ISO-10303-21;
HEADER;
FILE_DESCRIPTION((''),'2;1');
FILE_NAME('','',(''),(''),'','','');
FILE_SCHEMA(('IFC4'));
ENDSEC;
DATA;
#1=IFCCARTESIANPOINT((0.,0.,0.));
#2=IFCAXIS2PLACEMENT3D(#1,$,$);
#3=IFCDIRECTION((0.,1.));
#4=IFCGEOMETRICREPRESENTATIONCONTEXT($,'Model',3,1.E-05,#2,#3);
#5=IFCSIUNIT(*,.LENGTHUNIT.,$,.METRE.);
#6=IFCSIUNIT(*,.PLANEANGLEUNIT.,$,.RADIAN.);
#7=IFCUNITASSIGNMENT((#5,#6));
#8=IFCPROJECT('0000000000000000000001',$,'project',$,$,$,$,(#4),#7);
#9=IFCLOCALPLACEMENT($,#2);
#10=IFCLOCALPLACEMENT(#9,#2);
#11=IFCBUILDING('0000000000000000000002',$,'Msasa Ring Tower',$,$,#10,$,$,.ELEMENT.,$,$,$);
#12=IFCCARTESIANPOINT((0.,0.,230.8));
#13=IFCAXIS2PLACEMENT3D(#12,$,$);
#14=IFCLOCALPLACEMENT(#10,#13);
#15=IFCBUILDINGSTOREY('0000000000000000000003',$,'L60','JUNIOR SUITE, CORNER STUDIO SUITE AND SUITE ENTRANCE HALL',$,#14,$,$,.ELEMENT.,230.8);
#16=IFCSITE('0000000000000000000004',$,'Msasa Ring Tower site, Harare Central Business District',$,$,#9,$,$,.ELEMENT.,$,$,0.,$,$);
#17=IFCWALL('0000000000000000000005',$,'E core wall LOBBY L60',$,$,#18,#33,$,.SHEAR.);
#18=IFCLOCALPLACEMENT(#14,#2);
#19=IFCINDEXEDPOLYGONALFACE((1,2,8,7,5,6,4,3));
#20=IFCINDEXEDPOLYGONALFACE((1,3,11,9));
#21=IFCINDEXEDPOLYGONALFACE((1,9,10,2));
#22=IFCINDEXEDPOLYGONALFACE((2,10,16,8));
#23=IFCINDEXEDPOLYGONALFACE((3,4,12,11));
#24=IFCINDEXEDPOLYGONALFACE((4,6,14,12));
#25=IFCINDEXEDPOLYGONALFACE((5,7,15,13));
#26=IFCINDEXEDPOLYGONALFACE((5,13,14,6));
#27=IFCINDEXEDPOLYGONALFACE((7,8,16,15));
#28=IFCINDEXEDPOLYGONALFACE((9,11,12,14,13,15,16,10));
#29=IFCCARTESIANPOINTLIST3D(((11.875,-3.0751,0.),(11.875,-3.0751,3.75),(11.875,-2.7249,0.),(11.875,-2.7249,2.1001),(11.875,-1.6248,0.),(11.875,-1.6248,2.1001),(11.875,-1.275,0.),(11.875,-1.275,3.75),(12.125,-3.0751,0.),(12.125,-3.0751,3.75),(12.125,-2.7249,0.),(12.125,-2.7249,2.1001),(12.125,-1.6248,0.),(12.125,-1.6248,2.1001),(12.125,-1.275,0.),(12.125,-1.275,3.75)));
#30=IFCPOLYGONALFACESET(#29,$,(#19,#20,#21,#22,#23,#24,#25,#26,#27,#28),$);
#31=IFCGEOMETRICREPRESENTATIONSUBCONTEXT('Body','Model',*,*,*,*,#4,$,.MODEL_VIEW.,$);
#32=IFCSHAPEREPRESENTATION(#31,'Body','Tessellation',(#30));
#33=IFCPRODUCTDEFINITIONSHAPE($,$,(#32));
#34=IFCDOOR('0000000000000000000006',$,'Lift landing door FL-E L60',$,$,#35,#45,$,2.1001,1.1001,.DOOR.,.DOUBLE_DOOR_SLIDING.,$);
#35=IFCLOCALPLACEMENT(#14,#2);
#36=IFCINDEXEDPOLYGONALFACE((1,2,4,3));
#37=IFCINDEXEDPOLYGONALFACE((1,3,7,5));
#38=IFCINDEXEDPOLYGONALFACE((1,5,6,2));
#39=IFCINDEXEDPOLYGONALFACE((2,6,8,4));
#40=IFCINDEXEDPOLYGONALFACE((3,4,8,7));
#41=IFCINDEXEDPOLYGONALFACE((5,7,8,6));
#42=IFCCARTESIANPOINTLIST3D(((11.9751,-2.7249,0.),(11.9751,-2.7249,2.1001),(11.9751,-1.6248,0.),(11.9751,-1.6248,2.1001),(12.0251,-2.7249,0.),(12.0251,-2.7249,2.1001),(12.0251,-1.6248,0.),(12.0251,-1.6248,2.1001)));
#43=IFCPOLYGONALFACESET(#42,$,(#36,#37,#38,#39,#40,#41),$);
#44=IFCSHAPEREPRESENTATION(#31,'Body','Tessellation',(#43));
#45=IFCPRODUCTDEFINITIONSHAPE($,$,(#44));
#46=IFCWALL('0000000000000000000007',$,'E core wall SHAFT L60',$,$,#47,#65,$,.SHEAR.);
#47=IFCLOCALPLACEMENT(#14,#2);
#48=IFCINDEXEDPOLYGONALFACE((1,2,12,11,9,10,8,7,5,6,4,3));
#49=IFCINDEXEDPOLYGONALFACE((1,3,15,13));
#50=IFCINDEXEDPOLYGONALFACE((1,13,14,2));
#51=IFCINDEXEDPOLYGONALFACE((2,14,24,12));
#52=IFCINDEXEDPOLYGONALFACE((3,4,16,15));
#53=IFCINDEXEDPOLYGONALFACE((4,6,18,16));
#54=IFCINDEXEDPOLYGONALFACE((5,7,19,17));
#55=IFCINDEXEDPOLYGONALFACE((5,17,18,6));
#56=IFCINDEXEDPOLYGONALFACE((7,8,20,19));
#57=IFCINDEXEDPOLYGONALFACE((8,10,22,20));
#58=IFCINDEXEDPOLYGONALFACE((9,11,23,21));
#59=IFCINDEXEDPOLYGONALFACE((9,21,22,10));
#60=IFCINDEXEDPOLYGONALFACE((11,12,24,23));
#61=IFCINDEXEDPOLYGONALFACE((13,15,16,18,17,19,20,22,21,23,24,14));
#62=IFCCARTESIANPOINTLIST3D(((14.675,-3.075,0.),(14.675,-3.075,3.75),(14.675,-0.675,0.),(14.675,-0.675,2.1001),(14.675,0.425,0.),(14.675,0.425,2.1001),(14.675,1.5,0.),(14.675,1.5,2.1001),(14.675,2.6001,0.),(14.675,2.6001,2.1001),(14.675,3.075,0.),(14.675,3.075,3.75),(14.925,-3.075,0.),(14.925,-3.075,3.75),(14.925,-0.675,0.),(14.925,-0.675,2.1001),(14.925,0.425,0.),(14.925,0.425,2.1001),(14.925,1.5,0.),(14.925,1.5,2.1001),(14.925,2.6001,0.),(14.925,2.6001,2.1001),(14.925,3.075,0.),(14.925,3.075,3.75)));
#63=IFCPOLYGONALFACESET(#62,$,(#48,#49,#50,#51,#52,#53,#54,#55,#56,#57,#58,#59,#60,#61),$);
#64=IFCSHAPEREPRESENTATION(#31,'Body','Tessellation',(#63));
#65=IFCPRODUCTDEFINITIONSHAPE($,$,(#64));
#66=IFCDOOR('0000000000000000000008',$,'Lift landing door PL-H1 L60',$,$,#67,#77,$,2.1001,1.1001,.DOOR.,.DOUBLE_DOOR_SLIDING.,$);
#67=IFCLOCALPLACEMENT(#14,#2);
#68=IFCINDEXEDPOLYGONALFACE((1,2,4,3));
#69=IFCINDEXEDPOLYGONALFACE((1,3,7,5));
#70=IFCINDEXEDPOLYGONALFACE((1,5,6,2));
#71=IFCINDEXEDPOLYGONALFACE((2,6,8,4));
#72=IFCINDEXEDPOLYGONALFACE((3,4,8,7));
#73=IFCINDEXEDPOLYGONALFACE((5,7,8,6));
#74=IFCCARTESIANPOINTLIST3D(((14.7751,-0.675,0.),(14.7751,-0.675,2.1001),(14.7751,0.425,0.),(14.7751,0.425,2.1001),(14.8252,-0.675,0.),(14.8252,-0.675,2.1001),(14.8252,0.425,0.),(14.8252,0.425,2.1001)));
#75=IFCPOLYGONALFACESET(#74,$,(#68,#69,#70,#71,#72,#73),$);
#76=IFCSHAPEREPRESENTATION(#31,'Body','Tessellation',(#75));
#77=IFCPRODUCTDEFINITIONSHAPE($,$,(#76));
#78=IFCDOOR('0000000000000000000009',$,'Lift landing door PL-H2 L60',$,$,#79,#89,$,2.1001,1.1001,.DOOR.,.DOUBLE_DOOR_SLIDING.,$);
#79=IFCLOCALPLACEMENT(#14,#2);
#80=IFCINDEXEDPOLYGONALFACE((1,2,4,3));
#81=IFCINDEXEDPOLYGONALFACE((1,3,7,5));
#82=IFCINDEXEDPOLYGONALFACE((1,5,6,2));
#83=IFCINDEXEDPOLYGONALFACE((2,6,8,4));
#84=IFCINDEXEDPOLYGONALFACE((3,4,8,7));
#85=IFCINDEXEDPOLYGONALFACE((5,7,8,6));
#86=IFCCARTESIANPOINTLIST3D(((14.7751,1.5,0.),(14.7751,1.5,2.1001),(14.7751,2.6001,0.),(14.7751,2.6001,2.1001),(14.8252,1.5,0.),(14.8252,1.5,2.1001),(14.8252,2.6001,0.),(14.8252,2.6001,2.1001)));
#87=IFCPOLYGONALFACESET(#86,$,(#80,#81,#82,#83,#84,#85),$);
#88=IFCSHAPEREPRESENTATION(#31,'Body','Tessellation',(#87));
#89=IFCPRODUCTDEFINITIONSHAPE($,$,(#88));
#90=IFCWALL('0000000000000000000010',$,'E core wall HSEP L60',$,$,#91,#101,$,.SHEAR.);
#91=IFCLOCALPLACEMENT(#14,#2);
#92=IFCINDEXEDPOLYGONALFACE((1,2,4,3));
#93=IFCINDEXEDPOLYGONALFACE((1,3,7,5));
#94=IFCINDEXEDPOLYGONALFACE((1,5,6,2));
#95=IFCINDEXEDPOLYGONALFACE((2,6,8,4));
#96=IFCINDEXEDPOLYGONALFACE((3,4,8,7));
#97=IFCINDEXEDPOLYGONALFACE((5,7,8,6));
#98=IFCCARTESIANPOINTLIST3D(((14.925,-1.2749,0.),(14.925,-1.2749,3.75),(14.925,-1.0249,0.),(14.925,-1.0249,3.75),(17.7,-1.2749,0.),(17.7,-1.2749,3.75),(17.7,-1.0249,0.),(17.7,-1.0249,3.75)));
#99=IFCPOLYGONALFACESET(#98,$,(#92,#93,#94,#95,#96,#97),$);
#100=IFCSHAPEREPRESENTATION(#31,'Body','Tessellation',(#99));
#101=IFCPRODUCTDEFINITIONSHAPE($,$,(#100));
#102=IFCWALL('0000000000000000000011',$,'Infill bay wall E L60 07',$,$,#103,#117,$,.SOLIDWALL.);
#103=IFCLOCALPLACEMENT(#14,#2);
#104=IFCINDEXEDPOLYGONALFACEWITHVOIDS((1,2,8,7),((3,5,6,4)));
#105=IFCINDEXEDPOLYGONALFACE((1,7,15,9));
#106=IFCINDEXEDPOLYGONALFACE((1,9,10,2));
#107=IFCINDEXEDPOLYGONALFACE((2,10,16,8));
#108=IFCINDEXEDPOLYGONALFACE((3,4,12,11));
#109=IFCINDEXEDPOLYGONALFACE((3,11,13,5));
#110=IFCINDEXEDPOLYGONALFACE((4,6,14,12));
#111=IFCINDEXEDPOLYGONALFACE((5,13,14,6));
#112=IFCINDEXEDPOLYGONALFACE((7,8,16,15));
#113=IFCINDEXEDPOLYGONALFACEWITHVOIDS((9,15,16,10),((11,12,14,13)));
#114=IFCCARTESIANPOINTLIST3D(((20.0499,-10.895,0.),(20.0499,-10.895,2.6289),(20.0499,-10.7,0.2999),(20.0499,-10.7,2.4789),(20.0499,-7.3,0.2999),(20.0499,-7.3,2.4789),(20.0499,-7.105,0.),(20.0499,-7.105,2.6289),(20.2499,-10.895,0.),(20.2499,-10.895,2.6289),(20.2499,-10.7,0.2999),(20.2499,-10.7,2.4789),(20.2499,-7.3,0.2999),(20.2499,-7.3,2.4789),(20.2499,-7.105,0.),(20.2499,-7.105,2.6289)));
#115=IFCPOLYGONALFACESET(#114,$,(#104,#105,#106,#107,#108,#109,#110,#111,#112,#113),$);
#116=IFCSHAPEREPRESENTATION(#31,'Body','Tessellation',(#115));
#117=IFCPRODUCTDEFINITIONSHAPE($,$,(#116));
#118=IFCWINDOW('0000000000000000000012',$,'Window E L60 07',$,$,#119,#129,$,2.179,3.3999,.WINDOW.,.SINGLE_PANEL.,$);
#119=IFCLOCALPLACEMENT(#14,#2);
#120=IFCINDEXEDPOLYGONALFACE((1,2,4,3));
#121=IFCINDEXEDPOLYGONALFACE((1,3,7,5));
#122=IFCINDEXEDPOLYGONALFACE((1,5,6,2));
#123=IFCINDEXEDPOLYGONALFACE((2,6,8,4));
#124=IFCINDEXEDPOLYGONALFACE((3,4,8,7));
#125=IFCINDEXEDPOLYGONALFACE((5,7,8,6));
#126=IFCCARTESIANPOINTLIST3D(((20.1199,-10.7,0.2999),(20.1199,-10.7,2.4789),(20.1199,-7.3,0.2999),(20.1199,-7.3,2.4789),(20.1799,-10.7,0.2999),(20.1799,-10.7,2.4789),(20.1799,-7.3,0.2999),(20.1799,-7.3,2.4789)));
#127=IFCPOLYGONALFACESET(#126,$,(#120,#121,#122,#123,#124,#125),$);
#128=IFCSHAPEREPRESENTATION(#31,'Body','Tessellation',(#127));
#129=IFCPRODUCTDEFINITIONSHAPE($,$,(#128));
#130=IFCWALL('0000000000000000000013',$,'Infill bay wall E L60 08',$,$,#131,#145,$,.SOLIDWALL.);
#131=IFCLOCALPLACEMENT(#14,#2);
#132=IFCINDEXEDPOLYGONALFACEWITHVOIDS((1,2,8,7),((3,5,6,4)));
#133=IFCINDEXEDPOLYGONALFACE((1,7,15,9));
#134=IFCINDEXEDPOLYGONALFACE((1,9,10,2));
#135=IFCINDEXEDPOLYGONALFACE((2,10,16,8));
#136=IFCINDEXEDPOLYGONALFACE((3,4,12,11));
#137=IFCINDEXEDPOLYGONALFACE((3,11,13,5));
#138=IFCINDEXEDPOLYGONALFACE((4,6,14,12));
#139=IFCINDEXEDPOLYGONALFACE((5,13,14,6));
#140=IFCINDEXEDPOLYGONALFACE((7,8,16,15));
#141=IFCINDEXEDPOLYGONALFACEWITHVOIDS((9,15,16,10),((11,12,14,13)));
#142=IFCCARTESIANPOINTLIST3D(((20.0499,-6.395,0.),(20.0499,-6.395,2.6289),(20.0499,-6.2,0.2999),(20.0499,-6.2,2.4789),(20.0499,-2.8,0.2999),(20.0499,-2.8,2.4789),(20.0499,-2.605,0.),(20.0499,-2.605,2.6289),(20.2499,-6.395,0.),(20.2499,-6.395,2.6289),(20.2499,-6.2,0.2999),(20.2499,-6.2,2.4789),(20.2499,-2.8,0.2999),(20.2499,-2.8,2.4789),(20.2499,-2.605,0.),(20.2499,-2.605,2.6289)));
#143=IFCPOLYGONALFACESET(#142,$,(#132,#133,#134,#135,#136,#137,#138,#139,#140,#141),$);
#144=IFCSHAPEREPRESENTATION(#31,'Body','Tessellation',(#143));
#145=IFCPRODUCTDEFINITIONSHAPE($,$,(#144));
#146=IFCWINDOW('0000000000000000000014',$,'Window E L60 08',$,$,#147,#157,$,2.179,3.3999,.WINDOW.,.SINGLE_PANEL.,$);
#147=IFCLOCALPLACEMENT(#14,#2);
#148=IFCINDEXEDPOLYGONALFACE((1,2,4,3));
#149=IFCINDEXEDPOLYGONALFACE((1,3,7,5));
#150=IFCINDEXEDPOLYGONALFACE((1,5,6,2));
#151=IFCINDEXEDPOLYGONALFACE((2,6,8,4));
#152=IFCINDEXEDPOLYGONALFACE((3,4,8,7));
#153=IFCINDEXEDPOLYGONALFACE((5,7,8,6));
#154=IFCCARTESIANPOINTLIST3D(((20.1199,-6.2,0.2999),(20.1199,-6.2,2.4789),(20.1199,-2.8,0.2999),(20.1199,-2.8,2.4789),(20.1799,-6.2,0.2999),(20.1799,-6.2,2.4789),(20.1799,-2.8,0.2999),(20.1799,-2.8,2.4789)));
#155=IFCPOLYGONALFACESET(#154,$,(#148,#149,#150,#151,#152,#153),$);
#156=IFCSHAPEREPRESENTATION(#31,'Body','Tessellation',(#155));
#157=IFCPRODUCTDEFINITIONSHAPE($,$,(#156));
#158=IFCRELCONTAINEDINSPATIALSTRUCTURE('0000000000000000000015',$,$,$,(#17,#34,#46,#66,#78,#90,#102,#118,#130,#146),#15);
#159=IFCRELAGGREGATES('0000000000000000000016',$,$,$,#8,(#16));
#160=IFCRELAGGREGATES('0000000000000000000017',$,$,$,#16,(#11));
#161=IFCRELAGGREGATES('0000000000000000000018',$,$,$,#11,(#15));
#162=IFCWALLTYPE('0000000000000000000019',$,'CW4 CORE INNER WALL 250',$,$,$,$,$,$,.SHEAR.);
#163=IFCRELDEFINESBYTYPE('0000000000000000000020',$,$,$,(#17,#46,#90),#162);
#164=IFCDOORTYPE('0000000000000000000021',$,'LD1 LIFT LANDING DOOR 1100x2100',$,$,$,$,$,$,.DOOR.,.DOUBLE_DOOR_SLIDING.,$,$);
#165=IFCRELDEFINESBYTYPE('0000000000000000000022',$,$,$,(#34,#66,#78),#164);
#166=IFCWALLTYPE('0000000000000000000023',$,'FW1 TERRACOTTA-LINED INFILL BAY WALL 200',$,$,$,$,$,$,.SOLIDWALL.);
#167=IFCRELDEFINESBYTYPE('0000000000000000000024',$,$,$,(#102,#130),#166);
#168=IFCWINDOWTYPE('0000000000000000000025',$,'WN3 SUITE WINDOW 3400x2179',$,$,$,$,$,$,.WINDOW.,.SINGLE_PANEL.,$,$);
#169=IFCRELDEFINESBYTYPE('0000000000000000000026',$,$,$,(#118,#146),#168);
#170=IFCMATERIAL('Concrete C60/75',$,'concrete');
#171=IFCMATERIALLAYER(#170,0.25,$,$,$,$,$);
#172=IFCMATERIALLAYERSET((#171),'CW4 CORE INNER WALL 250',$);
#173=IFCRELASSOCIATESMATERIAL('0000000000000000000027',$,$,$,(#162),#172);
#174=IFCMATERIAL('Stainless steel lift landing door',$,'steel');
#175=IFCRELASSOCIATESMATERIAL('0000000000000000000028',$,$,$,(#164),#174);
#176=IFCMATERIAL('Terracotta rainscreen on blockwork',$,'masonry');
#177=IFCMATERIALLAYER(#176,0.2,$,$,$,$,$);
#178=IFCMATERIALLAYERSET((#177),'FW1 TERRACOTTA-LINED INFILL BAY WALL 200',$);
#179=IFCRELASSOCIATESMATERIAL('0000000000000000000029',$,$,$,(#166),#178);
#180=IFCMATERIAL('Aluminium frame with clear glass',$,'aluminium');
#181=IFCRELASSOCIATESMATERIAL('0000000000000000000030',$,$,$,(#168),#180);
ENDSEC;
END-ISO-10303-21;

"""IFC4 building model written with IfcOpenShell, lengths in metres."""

from ifc_helpers import new_model, si_unit, direction, frame, frame_2d, origin, place, context, subcontext, project, spatial, rectangle, extrude, material, layer, layer_set, type_object, element, fill, save


model = new_model("IFC4")

# Units and contexts
model_context = context("Model", 3, precision=1e-05, world=origin(), true_north=direction((0.0, 1.0)))
body_context = subcontext(model_context, "Body", "Model", "MODEL_VIEW")
ifc_project = project(units=[si_unit("LENGTHUNIT", "METRE"), si_unit("PLANEANGLEUNIT", "RADIAN")], contexts=[model_context])

# Site, building, storey
site_placement = place(None, origin())
site = spatial("IfcSite", under=ifc_project, at=site_placement, Name="Msasa Ring Tower site, Harare Central Business District", CompositionType="ELEMENT", RefElevation=0.0)
building_placement = place(site_placement, origin())
building = spatial("IfcBuilding", under=site, at=building_placement, Name="Msasa Ring Tower", CompositionType="ELEMENT")
storey_placement = place(building_placement, frame((0.0, 0.0, 230.8)))
storey = spatial("IfcBuildingStorey", under=building, at=storey_placement, Name="L60", Description="JUNIOR SUITE, CORNER STUDIO SUITE AND SUITE ENTRANCE HALL", CompositionType="ELEMENT", Elevation=230.8)

# Shared definitions
ifc_material_1 = material(Name="Concrete C60/75", Category="concrete")
ifc_layer_1 = layer(ifc_material_1, 0.25)
ifc_layer_set_1 = layer_set([ifc_layer_1], Name="CW4 CORE INNER WALL 250")
wall_type_1 = type_object("IfcWallType", Name="CW4 CORE INNER WALL 250", PredefinedType="SHEAR", material=ifc_layer_set_1)

# Wall, opening, door
wall_1_placement = place(storey_placement, frame((12.0, -3.075, 0.0), z_axis=(0.0, 0.0, 1.0), x_axis=(0.0, 1.0, 0.0)))
wall_1 = element("IfcWall", 1, at=wall_1_placement, inside=storey, type_object=wall_type_1, Name="E core wall LOBBY L60", PredefinedType="SHEAR", context=body_context, shape_type="SweptSolid", body=[
    extrude(rectangle(XDim=1.8, YDim=0.25, at=frame_2d((0.8999, 0.0))), origin(), (0.0, 0.0, 1.0), 3.75),
])
opening_1_placement = place(wall_1_placement, frame((0.3501, 0.0, 0.0)))
opening_1 = element("IfcOpeningElement", 2, at=opening_1_placement, cuts=wall_1, PredefinedType="OPENING", context=body_context, shape_type="SweptSolid", body=[
    extrude(rectangle(XDim=1.1001, YDim=2.1001, at=frame_2d((0.55, 1.05))), frame((0.0, 0.135, 0.0), z_axis=(0.0, -1.0, 0.0), x_axis=(1.0, 0.0, 0.0)), (0.0, 0.0, 1.0), 0.27),
])
ifc_material_2 = material(Name="Stainless steel lift landing door", Category="steel")
door_type_1 = type_object("IfcDoorType", Name="LD1 LIFT LANDING DOOR 1100x2100", OperationType="DOUBLE_DOOR_SLIDING", PredefinedType="DOOR", material=ifc_material_2)
door_1_placement = place(opening_1_placement, origin())
door_1 = element("IfcDoor", 3, at=door_1_placement, inside=storey, type_object=door_type_1, Name="Lift landing door FL-E L60", OperationType="DOUBLE_DOOR_SLIDING", OverallHeight=2.1001, OverallWidth=1.1001, PredefinedType="DOOR", context=body_context, shape_type="SweptSolid", body=[
    extrude(rectangle(XDim=1.1001, YDim=2.1001, at=frame_2d((0.55, 1.05))), frame((0.0, 0.0249, 0.0), z_axis=(0.0, -1.0, 0.0), x_axis=(1.0, 0.0, 0.0)), (0.0, 0.0, 1.0), 0.05),
])
fill(opening_1, door_1)

# Wall, openings, doors
wall_2_placement = place(storey_placement, frame((14.8, -3.075, 0.0), z_axis=(0.0, 0.0, 1.0), x_axis=(0.0, 1.0, 0.0)))
wall_2 = element("IfcWall", 4, at=wall_2_placement, inside=storey, type_object=wall_type_1, Name="E core wall SHAFT L60", PredefinedType="SHEAR", context=body_context, shape_type="SweptSolid", body=[
    extrude(rectangle(XDim=6.1499, YDim=0.25, at=frame_2d((3.075, 0.0))), origin(), (0.0, 0.0, 1.0), 3.75),
])
opening_2_placement = place(wall_2_placement, frame((2.3999, 0.0, 0.0)))
opening_2 = element("IfcOpeningElement", 5, at=opening_2_placement, cuts=wall_2, PredefinedType="OPENING", context=body_context, shape_type="SweptSolid", body=[
    extrude(rectangle(XDim=1.1001, YDim=2.1001, at=frame_2d((0.55, 1.05))), frame((0.0, 0.135, 0.0), z_axis=(0.0, -1.0, 0.0), x_axis=(1.0, 0.0, 0.0)), (0.0, 0.0, 1.0), 0.27),
])
opening_3_placement = place(wall_2_placement, frame((4.575, 0.0, 0.0)))
opening_3 = element("IfcOpeningElement", 6, at=opening_3_placement, cuts=wall_2, PredefinedType="OPENING", context=body_context, shape_type="SweptSolid", body=[
    extrude(rectangle(XDim=1.1001, YDim=2.1001, at=frame_2d((0.55, 1.05))), frame((0.0, 0.135, 0.0), z_axis=(0.0, -1.0, 0.0), x_axis=(1.0, 0.0, 0.0)), (0.0, 0.0, 1.0), 0.27),
])
door_2_placement = place(opening_2_placement, origin())
door_2 = element("IfcDoor", 7, at=door_2_placement, inside=storey, type_object=door_type_1, Name="Lift landing door PL-H1 L60", OperationType="DOUBLE_DOOR_SLIDING", OverallHeight=2.1001, OverallWidth=1.1001, PredefinedType="DOOR", context=body_context, shape_type="SweptSolid", body=[
    extrude(rectangle(XDim=1.1001, YDim=2.1001, at=frame_2d((0.55, 1.05))), frame((0.0, 0.0249, 0.0), z_axis=(0.0, -1.0, 0.0), x_axis=(1.0, 0.0, 0.0)), (0.0, 0.0, 1.0), 0.05),
])
fill(opening_2, door_2)
door_3_placement = place(opening_3_placement, origin())
door_3 = element("IfcDoor", 8, at=door_3_placement, inside=storey, type_object=door_type_1, Name="Lift landing door PL-H2 L60", OperationType="DOUBLE_DOOR_SLIDING", OverallHeight=2.1001, OverallWidth=1.1001, PredefinedType="DOOR", context=body_context, shape_type="SweptSolid", body=[
    extrude(rectangle(XDim=1.1001, YDim=2.1001, at=frame_2d((0.55, 1.05))), frame((0.0, 0.0249, 0.0), z_axis=(0.0, -1.0, 0.0), x_axis=(1.0, 0.0, 0.0)), (0.0, 0.0, 1.0), 0.05),
])
fill(opening_3, door_3)

# Wall
wall_3_placement = place(storey_placement, frame((14.925, -1.1499, 0.0), z_axis=(0.0, 0.0, 1.0), x_axis=(1.0, 0.0, 0.0)))
element("IfcWall", 9, at=wall_3_placement, inside=storey, type_object=wall_type_1, Name="E core wall HSEP L60", PredefinedType="SHEAR", context=body_context, shape_type="SweptSolid", body=[
    extrude(rectangle(XDim=2.7749, YDim=0.25, at=frame_2d((1.3875, 0.0))), origin(), (0.0, 0.0, 1.0), 3.75),
])

# Walls, openings, windows
ifc_material_3 = material(Name="Terracotta rainscreen on blockwork", Category="masonry")
ifc_layer_2 = layer(ifc_material_3, 0.2)
ifc_layer_set_2 = layer_set([ifc_layer_2], Name="FW1 TERRACOTTA-LINED INFILL BAY WALL 200")
wall_type_2 = type_object("IfcWallType", Name="FW1 TERRACOTTA-LINED INFILL BAY WALL 200", PredefinedType="SOLIDWALL", material=ifc_layer_set_2)
wall_4_placement = place(storey_placement, frame((20.1499, -10.895, 0.0), z_axis=(0.0, 0.0, 1.0), x_axis=(0.0, 1.0, 0.0)))
wall_4 = element("IfcWall", 10, at=wall_4_placement, inside=storey, type_object=wall_type_2, Name="Infill bay wall E L60 07", PredefinedType="SOLIDWALL", context=body_context, shape_type="SweptSolid", body=[
    extrude(rectangle(XDim=3.79, YDim=0.2, at=frame_2d((1.895, 0.0))), origin(), (0.0, 0.0, 1.0), 2.6289),
])
opening_4_placement = place(wall_4_placement, frame((0.1951, 0.0, 0.3)))
opening_4 = element("IfcOpeningElement", 11, at=opening_4_placement, cuts=wall_4, PredefinedType="OPENING", context=body_context, shape_type="SweptSolid", body=[
    extrude(rectangle(XDim=3.3999, YDim=2.179, at=frame_2d((1.7, 1.0894))), frame((0.0, 0.1099, 0.0), z_axis=(0.0, -1.0, 0.0), x_axis=(1.0, 0.0, 0.0)), (0.0, 0.0, 1.0), 0.22),
])
ifc_material_4 = material(Name="Aluminium frame with clear glass", Category="aluminium")
window_type = type_object("IfcWindowType", Name="WN3 SUITE WINDOW 3400x2179", PartitioningType="SINGLE_PANEL", PredefinedType="WINDOW", material=ifc_material_4)
window_1_placement = place(opening_4_placement, origin())
window_1 = element("IfcWindow", 12, at=window_1_placement, inside=storey, type_object=window_type, Name="Window E L60 07", OverallHeight=2.179, OverallWidth=3.3999, PartitioningType="SINGLE_PANEL", PredefinedType="WINDOW", context=body_context, shape_type="SweptSolid", body=[
    extrude(rectangle(XDim=3.3999, YDim=2.179, at=frame_2d((1.7, 1.0894))), frame((0.0, 0.03, 0.0), z_axis=(0.0, -1.0, 0.0), x_axis=(1.0, 0.0, 0.0)), (0.0, 0.0, 1.0), 0.0601),
])
fill(opening_4, window_1)
wall_5_placement = place(storey_placement, frame((20.1499, -6.395, 0.0), z_axis=(0.0, 0.0, 1.0), x_axis=(0.0, 1.0, 0.0)))
wall_5 = element("IfcWall", 13, at=wall_5_placement, inside=storey, type_object=wall_type_2, Name="Infill bay wall E L60 08", PredefinedType="SOLIDWALL", context=body_context, shape_type="SweptSolid", body=[
    extrude(rectangle(XDim=3.79, YDim=0.2, at=frame_2d((1.895, 0.0))), origin(), (0.0, 0.0, 1.0), 2.6289),
])
opening_5_placement = place(wall_5_placement, frame((0.1951, 0.0, 0.3)))
opening_5 = element("IfcOpeningElement", 14, at=opening_5_placement, cuts=wall_5, PredefinedType="OPENING", context=body_context, shape_type="SweptSolid", body=[
    extrude(rectangle(XDim=3.3999, YDim=2.179, at=frame_2d((1.7, 1.0894))), frame((0.0, 0.1099, 0.0), z_axis=(0.0, -1.0, 0.0), x_axis=(1.0, 0.0, 0.0)), (0.0, 0.0, 1.0), 0.22),
])
window_2_placement = place(opening_5_placement, origin())
window_2 = element("IfcWindow", 15, at=window_2_placement, inside=storey, type_object=window_type, Name="Window E L60 08", OverallHeight=2.179, OverallWidth=3.3999, PartitioningType="SINGLE_PANEL", PredefinedType="WINDOW", context=body_context, shape_type="SweptSolid", body=[
    extrude(rectangle(XDim=3.3999, YDim=2.179, at=frame_2d((1.7, 1.0894))), frame((0.0, 0.03, 0.0), z_axis=(0.0, -1.0, 0.0), x_axis=(1.0, 0.0, 0.0)), (0.0, 0.0, 1.0), 0.0601),
])
fill(opening_5, window_2)

save(model, "model.ifc")
